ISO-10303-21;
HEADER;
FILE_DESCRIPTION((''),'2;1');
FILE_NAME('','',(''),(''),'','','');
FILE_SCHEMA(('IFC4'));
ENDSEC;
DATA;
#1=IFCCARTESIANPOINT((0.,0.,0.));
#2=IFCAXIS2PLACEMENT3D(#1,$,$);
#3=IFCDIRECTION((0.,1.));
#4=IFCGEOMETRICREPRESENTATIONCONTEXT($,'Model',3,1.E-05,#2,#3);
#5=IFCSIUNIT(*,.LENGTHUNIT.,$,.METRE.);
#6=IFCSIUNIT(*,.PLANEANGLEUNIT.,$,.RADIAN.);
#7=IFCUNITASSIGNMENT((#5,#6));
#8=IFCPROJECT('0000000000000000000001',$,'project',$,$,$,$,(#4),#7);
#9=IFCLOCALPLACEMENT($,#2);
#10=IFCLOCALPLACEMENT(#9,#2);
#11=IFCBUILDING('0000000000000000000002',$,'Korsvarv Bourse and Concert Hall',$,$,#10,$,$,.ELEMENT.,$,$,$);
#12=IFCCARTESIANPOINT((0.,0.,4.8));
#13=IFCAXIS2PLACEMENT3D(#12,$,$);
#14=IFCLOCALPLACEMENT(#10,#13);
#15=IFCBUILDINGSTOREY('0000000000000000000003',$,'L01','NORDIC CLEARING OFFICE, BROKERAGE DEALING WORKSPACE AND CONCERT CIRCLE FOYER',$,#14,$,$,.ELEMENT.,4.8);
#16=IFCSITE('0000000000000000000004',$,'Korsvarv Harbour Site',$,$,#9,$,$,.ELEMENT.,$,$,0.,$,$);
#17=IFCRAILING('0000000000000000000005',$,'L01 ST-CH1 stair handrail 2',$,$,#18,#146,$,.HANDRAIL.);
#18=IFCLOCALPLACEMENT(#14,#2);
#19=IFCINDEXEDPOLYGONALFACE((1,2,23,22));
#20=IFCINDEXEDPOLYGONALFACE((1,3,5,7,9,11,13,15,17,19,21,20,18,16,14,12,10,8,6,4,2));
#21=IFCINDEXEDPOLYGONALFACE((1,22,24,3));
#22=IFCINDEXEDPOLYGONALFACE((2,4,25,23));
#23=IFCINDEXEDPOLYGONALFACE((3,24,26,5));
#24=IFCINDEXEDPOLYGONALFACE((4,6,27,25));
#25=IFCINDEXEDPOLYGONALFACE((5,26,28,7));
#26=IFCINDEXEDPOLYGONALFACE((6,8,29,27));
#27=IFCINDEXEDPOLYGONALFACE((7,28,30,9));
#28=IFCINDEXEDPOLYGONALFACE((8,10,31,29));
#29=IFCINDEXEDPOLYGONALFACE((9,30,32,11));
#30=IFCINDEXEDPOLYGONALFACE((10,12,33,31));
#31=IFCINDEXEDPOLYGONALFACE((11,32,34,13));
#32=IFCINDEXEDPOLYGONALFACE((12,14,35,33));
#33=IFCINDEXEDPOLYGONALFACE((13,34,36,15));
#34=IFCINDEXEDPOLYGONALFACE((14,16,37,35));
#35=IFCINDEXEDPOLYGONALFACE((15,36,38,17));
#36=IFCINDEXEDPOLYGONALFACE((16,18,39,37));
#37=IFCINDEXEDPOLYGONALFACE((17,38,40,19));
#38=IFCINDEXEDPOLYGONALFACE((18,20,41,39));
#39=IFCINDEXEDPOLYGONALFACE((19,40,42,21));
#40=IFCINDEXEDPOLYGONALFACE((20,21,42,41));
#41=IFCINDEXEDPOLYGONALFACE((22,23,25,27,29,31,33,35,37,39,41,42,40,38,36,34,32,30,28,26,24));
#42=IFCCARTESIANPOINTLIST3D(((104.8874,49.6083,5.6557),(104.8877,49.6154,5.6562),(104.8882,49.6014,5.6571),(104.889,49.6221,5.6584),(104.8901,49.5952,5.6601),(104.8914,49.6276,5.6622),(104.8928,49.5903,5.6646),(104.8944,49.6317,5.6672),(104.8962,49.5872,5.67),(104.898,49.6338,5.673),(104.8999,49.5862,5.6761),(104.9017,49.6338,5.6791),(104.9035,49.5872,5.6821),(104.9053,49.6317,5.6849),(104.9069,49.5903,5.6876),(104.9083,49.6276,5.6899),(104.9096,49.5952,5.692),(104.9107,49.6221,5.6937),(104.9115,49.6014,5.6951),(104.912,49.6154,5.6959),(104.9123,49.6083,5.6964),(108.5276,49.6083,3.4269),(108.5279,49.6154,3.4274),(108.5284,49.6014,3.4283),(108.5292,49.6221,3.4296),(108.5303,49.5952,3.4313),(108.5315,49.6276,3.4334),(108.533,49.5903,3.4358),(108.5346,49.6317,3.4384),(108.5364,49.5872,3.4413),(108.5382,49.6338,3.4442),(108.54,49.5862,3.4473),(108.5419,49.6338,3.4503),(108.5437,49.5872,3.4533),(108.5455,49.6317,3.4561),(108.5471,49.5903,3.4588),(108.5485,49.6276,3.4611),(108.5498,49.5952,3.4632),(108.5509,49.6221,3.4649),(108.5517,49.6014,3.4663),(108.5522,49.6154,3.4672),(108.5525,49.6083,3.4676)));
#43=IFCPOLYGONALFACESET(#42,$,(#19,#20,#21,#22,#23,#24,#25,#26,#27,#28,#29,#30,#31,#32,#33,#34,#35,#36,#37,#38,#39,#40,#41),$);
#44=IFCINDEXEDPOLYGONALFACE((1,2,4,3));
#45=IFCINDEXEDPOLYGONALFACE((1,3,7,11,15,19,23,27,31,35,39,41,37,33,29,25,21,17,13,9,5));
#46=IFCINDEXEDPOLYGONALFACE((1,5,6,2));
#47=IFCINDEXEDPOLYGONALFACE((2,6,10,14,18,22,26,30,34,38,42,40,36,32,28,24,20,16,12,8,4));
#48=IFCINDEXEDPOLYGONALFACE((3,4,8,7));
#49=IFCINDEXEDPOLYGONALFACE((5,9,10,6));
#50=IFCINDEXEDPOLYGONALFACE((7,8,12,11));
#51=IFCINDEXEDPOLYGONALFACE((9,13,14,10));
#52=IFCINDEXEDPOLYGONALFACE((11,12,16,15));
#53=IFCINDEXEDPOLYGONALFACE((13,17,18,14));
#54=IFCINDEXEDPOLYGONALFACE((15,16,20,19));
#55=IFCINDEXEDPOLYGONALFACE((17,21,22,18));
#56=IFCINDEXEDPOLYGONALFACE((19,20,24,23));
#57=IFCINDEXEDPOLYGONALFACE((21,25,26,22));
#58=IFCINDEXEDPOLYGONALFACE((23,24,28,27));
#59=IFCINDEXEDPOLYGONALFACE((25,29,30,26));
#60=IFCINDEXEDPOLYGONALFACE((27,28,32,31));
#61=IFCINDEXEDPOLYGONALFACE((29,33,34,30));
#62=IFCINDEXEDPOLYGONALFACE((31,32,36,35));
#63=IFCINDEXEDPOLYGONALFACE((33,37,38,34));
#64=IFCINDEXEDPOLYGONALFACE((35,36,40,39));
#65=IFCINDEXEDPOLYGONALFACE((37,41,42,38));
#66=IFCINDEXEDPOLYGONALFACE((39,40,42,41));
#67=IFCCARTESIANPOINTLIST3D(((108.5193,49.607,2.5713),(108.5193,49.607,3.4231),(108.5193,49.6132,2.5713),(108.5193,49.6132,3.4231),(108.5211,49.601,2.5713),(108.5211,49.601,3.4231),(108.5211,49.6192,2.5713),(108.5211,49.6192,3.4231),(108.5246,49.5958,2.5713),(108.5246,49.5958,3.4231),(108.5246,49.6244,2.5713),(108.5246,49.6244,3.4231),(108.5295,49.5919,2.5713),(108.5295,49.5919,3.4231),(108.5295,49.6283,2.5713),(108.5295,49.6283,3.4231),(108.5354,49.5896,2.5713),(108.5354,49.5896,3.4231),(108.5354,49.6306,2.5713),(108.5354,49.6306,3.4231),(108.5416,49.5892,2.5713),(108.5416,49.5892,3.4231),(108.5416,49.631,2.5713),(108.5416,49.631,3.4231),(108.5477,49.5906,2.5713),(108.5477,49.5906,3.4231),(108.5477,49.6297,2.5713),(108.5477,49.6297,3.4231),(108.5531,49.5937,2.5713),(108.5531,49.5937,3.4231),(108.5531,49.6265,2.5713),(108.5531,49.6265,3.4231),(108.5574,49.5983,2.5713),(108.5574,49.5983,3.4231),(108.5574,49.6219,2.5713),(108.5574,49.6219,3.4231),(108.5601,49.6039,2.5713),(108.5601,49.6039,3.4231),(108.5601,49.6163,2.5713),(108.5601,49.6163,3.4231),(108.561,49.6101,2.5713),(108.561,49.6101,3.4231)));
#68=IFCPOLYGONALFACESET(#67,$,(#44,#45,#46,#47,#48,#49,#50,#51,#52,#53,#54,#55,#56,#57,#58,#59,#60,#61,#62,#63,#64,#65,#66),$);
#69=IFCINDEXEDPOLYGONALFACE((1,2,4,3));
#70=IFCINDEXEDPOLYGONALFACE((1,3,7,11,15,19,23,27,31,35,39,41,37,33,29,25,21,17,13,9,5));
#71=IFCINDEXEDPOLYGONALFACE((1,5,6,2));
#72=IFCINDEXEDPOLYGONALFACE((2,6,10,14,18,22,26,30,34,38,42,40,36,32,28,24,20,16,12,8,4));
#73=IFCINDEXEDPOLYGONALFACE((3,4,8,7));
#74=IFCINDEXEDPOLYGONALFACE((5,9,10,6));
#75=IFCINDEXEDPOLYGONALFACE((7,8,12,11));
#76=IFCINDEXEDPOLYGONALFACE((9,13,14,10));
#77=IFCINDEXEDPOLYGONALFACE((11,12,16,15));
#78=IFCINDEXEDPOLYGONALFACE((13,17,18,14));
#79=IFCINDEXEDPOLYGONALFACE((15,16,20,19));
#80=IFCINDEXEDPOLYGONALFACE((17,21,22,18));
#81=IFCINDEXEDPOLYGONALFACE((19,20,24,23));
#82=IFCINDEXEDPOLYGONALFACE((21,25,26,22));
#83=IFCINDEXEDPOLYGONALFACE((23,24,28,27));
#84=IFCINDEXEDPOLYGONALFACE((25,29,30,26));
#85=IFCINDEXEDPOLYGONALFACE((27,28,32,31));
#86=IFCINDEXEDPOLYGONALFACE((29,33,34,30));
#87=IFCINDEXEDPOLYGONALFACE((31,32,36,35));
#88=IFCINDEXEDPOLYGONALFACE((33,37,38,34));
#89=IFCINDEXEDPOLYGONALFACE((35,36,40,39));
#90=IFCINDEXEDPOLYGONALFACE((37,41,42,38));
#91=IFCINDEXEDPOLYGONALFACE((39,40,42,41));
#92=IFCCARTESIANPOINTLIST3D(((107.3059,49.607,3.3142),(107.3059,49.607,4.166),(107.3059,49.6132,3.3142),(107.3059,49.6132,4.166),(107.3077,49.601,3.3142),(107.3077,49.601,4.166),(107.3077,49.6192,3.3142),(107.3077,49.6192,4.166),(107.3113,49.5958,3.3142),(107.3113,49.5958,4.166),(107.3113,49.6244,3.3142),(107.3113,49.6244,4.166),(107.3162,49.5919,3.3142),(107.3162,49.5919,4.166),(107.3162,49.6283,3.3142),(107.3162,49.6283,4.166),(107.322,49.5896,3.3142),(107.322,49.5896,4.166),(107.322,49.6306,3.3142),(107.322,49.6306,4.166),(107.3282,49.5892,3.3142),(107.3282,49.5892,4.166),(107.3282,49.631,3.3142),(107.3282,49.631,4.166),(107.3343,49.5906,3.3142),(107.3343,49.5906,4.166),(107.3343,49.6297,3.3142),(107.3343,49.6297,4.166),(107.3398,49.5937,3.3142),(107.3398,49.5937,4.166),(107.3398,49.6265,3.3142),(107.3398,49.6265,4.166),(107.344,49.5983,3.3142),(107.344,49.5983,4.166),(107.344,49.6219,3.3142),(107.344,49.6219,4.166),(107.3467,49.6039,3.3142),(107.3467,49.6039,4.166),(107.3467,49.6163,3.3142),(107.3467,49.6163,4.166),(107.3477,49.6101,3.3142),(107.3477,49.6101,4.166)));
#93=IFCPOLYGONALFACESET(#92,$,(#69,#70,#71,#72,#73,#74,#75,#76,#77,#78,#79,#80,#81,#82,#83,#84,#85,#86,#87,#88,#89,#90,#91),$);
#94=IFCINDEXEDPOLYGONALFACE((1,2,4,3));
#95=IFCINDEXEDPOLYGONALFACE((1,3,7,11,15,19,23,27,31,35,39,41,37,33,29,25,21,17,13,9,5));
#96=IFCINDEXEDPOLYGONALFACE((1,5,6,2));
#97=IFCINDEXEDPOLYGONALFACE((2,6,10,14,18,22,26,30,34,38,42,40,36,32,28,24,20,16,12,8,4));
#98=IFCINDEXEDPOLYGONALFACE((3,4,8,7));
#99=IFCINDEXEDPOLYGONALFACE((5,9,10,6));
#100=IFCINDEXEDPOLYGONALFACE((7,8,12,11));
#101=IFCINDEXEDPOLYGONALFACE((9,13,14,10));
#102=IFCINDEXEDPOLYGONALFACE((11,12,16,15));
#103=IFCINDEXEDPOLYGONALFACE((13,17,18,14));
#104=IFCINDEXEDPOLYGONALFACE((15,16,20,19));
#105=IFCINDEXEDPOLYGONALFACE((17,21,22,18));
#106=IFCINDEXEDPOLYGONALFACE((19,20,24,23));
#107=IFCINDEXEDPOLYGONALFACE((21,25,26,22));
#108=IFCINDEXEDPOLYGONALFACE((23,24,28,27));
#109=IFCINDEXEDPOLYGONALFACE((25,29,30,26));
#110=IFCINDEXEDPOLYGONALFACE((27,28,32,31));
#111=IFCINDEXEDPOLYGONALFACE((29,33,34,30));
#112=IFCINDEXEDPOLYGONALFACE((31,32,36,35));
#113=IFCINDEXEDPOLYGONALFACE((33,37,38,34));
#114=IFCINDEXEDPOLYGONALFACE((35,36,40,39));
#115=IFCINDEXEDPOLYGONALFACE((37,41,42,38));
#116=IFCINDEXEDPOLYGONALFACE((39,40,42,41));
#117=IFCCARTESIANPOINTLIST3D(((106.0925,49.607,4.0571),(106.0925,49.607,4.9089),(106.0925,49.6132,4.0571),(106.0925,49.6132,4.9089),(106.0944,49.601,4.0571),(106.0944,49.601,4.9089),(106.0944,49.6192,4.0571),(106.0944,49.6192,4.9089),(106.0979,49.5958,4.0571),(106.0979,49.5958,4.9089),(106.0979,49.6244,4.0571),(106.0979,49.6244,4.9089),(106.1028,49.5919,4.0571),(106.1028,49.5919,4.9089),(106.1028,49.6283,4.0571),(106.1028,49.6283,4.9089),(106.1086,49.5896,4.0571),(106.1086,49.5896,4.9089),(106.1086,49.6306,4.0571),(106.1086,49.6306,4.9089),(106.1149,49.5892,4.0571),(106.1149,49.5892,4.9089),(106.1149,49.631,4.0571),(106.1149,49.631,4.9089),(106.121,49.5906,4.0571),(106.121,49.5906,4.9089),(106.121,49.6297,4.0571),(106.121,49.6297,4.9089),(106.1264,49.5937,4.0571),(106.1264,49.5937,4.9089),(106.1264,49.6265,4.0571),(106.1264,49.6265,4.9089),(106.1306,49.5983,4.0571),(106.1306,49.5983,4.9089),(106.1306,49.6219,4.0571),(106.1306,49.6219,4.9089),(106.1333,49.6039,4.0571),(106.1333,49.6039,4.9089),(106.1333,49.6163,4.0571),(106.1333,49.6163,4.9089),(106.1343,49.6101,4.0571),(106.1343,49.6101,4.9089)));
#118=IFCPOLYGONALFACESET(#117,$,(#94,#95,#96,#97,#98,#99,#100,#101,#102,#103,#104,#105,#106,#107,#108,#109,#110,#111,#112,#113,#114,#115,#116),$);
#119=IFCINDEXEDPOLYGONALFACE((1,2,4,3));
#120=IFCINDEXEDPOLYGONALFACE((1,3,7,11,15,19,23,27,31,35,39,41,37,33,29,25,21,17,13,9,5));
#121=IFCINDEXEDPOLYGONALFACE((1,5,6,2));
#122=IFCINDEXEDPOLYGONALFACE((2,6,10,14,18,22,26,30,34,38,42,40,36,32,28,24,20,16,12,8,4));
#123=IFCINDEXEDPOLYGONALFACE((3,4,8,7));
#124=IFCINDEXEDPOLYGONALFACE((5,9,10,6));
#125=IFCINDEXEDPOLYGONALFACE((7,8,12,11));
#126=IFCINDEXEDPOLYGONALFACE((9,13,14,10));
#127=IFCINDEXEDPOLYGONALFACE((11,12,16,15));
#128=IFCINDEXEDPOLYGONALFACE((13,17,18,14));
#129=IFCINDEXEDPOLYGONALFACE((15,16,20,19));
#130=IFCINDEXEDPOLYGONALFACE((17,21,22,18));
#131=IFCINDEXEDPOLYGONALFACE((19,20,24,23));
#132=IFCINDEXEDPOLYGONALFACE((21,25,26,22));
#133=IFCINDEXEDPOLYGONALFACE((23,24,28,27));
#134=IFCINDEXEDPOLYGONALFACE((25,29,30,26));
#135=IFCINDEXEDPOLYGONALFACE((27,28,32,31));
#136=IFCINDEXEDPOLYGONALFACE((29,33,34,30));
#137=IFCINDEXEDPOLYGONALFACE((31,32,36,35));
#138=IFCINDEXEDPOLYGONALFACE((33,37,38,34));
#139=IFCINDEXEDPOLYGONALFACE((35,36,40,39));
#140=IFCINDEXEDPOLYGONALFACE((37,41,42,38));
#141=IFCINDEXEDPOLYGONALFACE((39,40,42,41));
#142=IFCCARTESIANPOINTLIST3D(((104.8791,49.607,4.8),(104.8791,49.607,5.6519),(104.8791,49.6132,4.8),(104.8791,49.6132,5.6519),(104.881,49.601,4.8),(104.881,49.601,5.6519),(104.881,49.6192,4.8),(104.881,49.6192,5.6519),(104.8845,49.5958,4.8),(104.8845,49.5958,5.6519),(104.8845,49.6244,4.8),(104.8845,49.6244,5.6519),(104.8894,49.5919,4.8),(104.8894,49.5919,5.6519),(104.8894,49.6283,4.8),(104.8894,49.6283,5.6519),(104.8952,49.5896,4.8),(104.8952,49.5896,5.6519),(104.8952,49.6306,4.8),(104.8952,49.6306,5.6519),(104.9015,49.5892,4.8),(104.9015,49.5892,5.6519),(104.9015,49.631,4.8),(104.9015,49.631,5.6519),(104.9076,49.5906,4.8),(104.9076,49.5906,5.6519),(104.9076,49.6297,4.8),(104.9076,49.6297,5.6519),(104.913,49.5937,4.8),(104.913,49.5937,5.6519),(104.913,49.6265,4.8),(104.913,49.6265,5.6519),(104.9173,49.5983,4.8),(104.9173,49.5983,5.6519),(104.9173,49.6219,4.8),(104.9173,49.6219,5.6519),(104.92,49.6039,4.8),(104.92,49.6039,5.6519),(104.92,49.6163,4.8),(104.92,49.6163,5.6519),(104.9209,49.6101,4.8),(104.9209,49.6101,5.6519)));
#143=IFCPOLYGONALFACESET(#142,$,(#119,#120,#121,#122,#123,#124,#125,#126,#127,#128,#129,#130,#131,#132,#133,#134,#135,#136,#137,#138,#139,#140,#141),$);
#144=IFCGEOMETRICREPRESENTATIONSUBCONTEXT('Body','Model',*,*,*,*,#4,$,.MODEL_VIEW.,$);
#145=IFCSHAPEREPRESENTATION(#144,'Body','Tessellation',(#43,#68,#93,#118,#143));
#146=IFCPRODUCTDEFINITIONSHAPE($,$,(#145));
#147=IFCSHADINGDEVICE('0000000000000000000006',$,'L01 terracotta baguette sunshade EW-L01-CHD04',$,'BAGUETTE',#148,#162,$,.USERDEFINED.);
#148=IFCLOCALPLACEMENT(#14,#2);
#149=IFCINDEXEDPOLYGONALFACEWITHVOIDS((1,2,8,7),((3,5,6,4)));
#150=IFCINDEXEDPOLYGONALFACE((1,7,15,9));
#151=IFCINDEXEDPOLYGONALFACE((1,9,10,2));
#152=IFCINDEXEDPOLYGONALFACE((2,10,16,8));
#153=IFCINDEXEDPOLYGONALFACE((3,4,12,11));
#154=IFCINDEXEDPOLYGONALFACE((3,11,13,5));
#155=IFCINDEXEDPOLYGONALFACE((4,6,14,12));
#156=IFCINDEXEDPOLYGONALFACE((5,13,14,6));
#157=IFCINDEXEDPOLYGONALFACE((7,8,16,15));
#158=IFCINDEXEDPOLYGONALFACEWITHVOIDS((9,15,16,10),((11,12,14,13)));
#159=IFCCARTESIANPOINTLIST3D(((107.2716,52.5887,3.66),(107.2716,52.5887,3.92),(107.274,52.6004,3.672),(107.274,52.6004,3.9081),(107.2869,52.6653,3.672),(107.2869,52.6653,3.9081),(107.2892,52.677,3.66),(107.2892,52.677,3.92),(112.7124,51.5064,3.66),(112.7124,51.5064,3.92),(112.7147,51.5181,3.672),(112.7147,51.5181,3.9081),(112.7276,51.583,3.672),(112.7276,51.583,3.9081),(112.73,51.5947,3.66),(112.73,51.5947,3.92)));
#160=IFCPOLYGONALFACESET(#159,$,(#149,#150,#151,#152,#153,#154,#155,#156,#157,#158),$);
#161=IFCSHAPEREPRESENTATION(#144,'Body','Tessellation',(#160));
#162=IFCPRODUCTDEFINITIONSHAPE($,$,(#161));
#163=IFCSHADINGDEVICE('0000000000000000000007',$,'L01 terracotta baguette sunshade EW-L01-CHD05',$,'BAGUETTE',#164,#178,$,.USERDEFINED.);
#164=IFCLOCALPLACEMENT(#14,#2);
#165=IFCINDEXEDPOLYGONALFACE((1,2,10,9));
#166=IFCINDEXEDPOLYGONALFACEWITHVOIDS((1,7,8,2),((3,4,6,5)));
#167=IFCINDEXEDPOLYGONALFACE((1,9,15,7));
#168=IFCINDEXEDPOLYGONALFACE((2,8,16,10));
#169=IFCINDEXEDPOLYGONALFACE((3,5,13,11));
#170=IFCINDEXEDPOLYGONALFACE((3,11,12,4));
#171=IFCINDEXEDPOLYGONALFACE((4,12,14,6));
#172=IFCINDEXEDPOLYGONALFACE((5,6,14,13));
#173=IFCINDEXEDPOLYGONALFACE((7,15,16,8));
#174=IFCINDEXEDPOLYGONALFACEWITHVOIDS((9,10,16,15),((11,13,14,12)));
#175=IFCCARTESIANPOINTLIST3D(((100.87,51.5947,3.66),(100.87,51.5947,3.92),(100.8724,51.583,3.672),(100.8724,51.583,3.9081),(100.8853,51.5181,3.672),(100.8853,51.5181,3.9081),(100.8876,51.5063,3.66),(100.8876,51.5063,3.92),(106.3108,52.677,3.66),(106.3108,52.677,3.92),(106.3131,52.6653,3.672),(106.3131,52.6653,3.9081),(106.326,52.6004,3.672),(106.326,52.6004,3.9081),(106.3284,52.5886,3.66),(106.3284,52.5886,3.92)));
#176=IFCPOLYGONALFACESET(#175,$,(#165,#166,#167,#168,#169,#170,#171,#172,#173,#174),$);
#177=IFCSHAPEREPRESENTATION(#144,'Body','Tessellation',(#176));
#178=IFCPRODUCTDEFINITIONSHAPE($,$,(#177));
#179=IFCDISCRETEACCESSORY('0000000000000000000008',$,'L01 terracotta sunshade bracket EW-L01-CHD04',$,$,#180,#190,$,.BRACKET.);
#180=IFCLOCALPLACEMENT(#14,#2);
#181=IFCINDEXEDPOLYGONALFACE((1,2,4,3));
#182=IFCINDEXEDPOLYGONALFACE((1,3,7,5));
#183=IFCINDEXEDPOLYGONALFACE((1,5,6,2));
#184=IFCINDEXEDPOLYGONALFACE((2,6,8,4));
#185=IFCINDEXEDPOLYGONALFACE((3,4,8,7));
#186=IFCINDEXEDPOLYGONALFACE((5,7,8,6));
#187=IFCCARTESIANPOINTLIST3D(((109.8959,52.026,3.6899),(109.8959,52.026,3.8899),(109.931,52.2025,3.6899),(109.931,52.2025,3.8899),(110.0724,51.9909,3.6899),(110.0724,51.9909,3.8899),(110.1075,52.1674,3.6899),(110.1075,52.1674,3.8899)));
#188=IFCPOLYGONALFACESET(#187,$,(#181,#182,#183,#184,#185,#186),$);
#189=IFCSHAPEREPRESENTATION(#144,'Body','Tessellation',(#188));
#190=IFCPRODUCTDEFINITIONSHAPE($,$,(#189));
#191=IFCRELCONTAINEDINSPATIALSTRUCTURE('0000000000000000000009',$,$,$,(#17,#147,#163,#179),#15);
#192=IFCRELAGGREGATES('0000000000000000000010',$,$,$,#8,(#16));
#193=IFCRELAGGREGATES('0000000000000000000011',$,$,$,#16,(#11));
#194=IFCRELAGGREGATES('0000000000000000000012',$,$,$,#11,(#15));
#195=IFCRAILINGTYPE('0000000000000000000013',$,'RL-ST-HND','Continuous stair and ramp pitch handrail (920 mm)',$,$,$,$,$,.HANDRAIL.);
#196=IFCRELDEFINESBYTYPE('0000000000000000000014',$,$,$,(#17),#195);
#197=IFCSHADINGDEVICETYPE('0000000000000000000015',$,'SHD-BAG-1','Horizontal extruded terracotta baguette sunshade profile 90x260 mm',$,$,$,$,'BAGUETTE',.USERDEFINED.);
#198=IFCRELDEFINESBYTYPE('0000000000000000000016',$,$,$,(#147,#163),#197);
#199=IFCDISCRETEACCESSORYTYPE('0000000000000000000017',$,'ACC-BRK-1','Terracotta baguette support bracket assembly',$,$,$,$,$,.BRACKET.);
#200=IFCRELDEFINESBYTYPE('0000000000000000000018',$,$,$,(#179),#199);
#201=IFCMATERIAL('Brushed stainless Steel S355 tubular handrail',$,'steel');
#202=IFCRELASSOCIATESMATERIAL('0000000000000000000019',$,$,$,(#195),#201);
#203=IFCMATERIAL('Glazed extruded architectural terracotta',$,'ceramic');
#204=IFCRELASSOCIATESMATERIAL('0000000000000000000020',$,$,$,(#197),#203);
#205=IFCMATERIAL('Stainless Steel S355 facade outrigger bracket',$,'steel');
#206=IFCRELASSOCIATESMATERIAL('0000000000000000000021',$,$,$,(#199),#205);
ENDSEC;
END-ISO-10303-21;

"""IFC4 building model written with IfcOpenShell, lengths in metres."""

from ifc_helpers import new_model, si_unit, direction, frame, origin, origin_2d, place, context, subcontext, project, spatial, rectangle, hollow_rectangle, circle, extrude, source, transform, mapped, material, material_profile, profile_set, type_object, element, save


model = new_model("IFC4")

# Units and contexts
model_context = context("Model", 3, precision=1e-05, world=origin(), true_north=direction((0.0, 1.0)))
body_context = subcontext(model_context, "Body", "Model", "MODEL_VIEW")
ifc_project = project(units=[si_unit("LENGTHUNIT", "METRE"), si_unit("PLANEANGLEUNIT", "RADIAN")], contexts=[model_context])

# Site, building, storey
site_placement = place(None, origin())
site = spatial("IfcSite", under=ifc_project, at=site_placement, Name="Korsvarv Harbour Site", CompositionType="ELEMENT", RefElevation=0.0)
building_placement = place(site_placement, origin())
building = spatial("IfcBuilding", under=site, at=building_placement, Name="Korsvarv Bourse and Concert Hall", CompositionType="ELEMENT")
storey_placement = place(building_placement, frame((0.0, 0.0, 4.8)))
storey = spatial("IfcBuildingStorey", under=building, at=storey_placement, Name="L01", Description="NORDIC CLEARING OFFICE, BROKERAGE DEALING WORKSPACE AND CONCERT CIRCLE FOYER", CompositionType="ELEMENT", Elevation=4.8)

# Railing
ifc_material_1 = material(Name="Brushed stainless Steel S355 tubular handrail", Category="steel")
railing_type_1 = type_object("IfcRailingType", Name="RL-ST-HND", Description="Continuous stair and ramp pitch handrail (920 mm)", PredefinedType="HANDRAIL", material=ifc_material_1)
railing_1_placement = place(storey_placement, frame((108.54, 49.6101, 2.5713)))
element("IfcRailing", 1, at=railing_1_placement, inside=storey, type_object=railing_type_1, Name="L01 ST-CH1 stair handrail 2", PredefinedType="HANDRAIL", context=body_context, shape_type="SweptSolid", body=[
    extrude(circle(Radius=0.0239, at=origin_2d()), frame((0.0, 0.0, 0.876), z_axis=(-0.85284, 0.0, 0.522172), x_axis=(0.0, -1.0, 0.0)), (0.0, 0.0, 1.0), 4.2683),
    extrude(circle(Radius=0.021, at=origin_2d()), origin(), (0.0, 0.0, 1.0), 0.8518),
    extrude(circle(Radius=0.021, at=origin_2d()), frame((-1.2134, 0.0, 0.7429)), (0.0, 0.0, 1.0), 0.8518),
    extrude(circle(Radius=0.021, at=origin_2d()), frame((-2.4268, 0.0, 1.4858)), (0.0, 0.0, 1.0), 0.8518),
    extrude(circle(Radius=0.021, at=origin_2d()), frame((-3.6401, 0.0, 2.2288)), (0.0, 0.0, 1.0), 0.8518),
])

# Shading devices
ifc_material_2 = material(Name="Glazed extruded architectural terracotta", Category="ceramic")
ifc_material_profile_1 = material_profile(ifc_material_2, hollow_rectangle(XDim=0.0901, YDim=0.26, WallThickness=0.012, at=origin_2d()), Name="TC-BAG 90x260")
ifc_profile_set_1 = profile_set([ifc_material_profile_1], Name="Glazed extruded architectural terracotta")
shading_device_type = type_object("IfcShadingDeviceType", Name="SHD-BAG-1", Description="Horizontal extruded terracotta baguette sunshade profile 90x260 mm", ElementType="BAGUETTE", PredefinedType="USERDEFINED", material=ifc_profile_set_1)
shared_shape_1 = source(origin(), body_context, "Body", "SweptSolid", [
    extrude(hollow_rectangle(XDim=0.0901, YDim=0.26, WallThickness=0.012, at=origin_2d()), origin(), (0.0, 0.0, 1.0), 5.5474),
])
for number, where, z_axis, x_axis, name in (
    (2, (112.7212, 51.5505, 3.79), (-0.980783, 0.1951, 0.0), (-0.1951, -0.980783, 0.0), "L01 terracotta baguette sunshade EW-L01-CHD04"),
    (3, (106.3196, 52.6328, 3.79), (-0.980783, -0.1951, 0.0), (0.1951, -0.980783, 0.0), "L01 terracotta baguette sunshade EW-L01-CHD05"),
):
    element("IfcShadingDevice", number, at=place(storey_placement, frame(where, z_axis=z_axis, x_axis=x_axis)), inside=storey, type_object=shading_device_type, Name=name, ObjectType="BAGUETTE", PredefinedType="USERDEFINED", context=body_context, shape_type="MappedRepresentation", body=[
        mapped(shared_shape_1, transform((0.0, 0.0, 0.0), scale=1.0)),
    ])

# Discrete accessory
ifc_material_3 = material(Name="Stainless Steel S355 facade outrigger bracket", Category="steel")
discrete_accessory_type = type_object("IfcDiscreteAccessoryType", Name="ACC-BRK-1", Description="Terracotta baguette support bracket assembly", PredefinedType="BRACKET", material=ifc_material_3)
shared_shape_2 = source(origin(), body_context, "Body", "SweptSolid", [
    extrude(rectangle(XDim=0.1799, YDim=0.1799, at=origin_2d()), origin(), (0.0, 0.0, 1.0), 0.2),
])
discrete_accessory_placement = place(storey_placement, frame((110.0017, 52.0967, 3.6899), z_axis=(0.0, 0.0, 1.0), x_axis=(-0.980785, 0.19509, 0.0)))
element("IfcDiscreteAccessory", 4, at=discrete_accessory_placement, inside=storey, type_object=discrete_accessory_type, Name="L01 terracotta sunshade bracket EW-L01-CHD04", PredefinedType="BRACKET", context=body_context, shape_type="MappedRepresentation", body=[
    mapped(shared_shape_2, transform((0.0, 0.0, 0.0), scale=1.0)),
])

save(model, "model.ifc")
